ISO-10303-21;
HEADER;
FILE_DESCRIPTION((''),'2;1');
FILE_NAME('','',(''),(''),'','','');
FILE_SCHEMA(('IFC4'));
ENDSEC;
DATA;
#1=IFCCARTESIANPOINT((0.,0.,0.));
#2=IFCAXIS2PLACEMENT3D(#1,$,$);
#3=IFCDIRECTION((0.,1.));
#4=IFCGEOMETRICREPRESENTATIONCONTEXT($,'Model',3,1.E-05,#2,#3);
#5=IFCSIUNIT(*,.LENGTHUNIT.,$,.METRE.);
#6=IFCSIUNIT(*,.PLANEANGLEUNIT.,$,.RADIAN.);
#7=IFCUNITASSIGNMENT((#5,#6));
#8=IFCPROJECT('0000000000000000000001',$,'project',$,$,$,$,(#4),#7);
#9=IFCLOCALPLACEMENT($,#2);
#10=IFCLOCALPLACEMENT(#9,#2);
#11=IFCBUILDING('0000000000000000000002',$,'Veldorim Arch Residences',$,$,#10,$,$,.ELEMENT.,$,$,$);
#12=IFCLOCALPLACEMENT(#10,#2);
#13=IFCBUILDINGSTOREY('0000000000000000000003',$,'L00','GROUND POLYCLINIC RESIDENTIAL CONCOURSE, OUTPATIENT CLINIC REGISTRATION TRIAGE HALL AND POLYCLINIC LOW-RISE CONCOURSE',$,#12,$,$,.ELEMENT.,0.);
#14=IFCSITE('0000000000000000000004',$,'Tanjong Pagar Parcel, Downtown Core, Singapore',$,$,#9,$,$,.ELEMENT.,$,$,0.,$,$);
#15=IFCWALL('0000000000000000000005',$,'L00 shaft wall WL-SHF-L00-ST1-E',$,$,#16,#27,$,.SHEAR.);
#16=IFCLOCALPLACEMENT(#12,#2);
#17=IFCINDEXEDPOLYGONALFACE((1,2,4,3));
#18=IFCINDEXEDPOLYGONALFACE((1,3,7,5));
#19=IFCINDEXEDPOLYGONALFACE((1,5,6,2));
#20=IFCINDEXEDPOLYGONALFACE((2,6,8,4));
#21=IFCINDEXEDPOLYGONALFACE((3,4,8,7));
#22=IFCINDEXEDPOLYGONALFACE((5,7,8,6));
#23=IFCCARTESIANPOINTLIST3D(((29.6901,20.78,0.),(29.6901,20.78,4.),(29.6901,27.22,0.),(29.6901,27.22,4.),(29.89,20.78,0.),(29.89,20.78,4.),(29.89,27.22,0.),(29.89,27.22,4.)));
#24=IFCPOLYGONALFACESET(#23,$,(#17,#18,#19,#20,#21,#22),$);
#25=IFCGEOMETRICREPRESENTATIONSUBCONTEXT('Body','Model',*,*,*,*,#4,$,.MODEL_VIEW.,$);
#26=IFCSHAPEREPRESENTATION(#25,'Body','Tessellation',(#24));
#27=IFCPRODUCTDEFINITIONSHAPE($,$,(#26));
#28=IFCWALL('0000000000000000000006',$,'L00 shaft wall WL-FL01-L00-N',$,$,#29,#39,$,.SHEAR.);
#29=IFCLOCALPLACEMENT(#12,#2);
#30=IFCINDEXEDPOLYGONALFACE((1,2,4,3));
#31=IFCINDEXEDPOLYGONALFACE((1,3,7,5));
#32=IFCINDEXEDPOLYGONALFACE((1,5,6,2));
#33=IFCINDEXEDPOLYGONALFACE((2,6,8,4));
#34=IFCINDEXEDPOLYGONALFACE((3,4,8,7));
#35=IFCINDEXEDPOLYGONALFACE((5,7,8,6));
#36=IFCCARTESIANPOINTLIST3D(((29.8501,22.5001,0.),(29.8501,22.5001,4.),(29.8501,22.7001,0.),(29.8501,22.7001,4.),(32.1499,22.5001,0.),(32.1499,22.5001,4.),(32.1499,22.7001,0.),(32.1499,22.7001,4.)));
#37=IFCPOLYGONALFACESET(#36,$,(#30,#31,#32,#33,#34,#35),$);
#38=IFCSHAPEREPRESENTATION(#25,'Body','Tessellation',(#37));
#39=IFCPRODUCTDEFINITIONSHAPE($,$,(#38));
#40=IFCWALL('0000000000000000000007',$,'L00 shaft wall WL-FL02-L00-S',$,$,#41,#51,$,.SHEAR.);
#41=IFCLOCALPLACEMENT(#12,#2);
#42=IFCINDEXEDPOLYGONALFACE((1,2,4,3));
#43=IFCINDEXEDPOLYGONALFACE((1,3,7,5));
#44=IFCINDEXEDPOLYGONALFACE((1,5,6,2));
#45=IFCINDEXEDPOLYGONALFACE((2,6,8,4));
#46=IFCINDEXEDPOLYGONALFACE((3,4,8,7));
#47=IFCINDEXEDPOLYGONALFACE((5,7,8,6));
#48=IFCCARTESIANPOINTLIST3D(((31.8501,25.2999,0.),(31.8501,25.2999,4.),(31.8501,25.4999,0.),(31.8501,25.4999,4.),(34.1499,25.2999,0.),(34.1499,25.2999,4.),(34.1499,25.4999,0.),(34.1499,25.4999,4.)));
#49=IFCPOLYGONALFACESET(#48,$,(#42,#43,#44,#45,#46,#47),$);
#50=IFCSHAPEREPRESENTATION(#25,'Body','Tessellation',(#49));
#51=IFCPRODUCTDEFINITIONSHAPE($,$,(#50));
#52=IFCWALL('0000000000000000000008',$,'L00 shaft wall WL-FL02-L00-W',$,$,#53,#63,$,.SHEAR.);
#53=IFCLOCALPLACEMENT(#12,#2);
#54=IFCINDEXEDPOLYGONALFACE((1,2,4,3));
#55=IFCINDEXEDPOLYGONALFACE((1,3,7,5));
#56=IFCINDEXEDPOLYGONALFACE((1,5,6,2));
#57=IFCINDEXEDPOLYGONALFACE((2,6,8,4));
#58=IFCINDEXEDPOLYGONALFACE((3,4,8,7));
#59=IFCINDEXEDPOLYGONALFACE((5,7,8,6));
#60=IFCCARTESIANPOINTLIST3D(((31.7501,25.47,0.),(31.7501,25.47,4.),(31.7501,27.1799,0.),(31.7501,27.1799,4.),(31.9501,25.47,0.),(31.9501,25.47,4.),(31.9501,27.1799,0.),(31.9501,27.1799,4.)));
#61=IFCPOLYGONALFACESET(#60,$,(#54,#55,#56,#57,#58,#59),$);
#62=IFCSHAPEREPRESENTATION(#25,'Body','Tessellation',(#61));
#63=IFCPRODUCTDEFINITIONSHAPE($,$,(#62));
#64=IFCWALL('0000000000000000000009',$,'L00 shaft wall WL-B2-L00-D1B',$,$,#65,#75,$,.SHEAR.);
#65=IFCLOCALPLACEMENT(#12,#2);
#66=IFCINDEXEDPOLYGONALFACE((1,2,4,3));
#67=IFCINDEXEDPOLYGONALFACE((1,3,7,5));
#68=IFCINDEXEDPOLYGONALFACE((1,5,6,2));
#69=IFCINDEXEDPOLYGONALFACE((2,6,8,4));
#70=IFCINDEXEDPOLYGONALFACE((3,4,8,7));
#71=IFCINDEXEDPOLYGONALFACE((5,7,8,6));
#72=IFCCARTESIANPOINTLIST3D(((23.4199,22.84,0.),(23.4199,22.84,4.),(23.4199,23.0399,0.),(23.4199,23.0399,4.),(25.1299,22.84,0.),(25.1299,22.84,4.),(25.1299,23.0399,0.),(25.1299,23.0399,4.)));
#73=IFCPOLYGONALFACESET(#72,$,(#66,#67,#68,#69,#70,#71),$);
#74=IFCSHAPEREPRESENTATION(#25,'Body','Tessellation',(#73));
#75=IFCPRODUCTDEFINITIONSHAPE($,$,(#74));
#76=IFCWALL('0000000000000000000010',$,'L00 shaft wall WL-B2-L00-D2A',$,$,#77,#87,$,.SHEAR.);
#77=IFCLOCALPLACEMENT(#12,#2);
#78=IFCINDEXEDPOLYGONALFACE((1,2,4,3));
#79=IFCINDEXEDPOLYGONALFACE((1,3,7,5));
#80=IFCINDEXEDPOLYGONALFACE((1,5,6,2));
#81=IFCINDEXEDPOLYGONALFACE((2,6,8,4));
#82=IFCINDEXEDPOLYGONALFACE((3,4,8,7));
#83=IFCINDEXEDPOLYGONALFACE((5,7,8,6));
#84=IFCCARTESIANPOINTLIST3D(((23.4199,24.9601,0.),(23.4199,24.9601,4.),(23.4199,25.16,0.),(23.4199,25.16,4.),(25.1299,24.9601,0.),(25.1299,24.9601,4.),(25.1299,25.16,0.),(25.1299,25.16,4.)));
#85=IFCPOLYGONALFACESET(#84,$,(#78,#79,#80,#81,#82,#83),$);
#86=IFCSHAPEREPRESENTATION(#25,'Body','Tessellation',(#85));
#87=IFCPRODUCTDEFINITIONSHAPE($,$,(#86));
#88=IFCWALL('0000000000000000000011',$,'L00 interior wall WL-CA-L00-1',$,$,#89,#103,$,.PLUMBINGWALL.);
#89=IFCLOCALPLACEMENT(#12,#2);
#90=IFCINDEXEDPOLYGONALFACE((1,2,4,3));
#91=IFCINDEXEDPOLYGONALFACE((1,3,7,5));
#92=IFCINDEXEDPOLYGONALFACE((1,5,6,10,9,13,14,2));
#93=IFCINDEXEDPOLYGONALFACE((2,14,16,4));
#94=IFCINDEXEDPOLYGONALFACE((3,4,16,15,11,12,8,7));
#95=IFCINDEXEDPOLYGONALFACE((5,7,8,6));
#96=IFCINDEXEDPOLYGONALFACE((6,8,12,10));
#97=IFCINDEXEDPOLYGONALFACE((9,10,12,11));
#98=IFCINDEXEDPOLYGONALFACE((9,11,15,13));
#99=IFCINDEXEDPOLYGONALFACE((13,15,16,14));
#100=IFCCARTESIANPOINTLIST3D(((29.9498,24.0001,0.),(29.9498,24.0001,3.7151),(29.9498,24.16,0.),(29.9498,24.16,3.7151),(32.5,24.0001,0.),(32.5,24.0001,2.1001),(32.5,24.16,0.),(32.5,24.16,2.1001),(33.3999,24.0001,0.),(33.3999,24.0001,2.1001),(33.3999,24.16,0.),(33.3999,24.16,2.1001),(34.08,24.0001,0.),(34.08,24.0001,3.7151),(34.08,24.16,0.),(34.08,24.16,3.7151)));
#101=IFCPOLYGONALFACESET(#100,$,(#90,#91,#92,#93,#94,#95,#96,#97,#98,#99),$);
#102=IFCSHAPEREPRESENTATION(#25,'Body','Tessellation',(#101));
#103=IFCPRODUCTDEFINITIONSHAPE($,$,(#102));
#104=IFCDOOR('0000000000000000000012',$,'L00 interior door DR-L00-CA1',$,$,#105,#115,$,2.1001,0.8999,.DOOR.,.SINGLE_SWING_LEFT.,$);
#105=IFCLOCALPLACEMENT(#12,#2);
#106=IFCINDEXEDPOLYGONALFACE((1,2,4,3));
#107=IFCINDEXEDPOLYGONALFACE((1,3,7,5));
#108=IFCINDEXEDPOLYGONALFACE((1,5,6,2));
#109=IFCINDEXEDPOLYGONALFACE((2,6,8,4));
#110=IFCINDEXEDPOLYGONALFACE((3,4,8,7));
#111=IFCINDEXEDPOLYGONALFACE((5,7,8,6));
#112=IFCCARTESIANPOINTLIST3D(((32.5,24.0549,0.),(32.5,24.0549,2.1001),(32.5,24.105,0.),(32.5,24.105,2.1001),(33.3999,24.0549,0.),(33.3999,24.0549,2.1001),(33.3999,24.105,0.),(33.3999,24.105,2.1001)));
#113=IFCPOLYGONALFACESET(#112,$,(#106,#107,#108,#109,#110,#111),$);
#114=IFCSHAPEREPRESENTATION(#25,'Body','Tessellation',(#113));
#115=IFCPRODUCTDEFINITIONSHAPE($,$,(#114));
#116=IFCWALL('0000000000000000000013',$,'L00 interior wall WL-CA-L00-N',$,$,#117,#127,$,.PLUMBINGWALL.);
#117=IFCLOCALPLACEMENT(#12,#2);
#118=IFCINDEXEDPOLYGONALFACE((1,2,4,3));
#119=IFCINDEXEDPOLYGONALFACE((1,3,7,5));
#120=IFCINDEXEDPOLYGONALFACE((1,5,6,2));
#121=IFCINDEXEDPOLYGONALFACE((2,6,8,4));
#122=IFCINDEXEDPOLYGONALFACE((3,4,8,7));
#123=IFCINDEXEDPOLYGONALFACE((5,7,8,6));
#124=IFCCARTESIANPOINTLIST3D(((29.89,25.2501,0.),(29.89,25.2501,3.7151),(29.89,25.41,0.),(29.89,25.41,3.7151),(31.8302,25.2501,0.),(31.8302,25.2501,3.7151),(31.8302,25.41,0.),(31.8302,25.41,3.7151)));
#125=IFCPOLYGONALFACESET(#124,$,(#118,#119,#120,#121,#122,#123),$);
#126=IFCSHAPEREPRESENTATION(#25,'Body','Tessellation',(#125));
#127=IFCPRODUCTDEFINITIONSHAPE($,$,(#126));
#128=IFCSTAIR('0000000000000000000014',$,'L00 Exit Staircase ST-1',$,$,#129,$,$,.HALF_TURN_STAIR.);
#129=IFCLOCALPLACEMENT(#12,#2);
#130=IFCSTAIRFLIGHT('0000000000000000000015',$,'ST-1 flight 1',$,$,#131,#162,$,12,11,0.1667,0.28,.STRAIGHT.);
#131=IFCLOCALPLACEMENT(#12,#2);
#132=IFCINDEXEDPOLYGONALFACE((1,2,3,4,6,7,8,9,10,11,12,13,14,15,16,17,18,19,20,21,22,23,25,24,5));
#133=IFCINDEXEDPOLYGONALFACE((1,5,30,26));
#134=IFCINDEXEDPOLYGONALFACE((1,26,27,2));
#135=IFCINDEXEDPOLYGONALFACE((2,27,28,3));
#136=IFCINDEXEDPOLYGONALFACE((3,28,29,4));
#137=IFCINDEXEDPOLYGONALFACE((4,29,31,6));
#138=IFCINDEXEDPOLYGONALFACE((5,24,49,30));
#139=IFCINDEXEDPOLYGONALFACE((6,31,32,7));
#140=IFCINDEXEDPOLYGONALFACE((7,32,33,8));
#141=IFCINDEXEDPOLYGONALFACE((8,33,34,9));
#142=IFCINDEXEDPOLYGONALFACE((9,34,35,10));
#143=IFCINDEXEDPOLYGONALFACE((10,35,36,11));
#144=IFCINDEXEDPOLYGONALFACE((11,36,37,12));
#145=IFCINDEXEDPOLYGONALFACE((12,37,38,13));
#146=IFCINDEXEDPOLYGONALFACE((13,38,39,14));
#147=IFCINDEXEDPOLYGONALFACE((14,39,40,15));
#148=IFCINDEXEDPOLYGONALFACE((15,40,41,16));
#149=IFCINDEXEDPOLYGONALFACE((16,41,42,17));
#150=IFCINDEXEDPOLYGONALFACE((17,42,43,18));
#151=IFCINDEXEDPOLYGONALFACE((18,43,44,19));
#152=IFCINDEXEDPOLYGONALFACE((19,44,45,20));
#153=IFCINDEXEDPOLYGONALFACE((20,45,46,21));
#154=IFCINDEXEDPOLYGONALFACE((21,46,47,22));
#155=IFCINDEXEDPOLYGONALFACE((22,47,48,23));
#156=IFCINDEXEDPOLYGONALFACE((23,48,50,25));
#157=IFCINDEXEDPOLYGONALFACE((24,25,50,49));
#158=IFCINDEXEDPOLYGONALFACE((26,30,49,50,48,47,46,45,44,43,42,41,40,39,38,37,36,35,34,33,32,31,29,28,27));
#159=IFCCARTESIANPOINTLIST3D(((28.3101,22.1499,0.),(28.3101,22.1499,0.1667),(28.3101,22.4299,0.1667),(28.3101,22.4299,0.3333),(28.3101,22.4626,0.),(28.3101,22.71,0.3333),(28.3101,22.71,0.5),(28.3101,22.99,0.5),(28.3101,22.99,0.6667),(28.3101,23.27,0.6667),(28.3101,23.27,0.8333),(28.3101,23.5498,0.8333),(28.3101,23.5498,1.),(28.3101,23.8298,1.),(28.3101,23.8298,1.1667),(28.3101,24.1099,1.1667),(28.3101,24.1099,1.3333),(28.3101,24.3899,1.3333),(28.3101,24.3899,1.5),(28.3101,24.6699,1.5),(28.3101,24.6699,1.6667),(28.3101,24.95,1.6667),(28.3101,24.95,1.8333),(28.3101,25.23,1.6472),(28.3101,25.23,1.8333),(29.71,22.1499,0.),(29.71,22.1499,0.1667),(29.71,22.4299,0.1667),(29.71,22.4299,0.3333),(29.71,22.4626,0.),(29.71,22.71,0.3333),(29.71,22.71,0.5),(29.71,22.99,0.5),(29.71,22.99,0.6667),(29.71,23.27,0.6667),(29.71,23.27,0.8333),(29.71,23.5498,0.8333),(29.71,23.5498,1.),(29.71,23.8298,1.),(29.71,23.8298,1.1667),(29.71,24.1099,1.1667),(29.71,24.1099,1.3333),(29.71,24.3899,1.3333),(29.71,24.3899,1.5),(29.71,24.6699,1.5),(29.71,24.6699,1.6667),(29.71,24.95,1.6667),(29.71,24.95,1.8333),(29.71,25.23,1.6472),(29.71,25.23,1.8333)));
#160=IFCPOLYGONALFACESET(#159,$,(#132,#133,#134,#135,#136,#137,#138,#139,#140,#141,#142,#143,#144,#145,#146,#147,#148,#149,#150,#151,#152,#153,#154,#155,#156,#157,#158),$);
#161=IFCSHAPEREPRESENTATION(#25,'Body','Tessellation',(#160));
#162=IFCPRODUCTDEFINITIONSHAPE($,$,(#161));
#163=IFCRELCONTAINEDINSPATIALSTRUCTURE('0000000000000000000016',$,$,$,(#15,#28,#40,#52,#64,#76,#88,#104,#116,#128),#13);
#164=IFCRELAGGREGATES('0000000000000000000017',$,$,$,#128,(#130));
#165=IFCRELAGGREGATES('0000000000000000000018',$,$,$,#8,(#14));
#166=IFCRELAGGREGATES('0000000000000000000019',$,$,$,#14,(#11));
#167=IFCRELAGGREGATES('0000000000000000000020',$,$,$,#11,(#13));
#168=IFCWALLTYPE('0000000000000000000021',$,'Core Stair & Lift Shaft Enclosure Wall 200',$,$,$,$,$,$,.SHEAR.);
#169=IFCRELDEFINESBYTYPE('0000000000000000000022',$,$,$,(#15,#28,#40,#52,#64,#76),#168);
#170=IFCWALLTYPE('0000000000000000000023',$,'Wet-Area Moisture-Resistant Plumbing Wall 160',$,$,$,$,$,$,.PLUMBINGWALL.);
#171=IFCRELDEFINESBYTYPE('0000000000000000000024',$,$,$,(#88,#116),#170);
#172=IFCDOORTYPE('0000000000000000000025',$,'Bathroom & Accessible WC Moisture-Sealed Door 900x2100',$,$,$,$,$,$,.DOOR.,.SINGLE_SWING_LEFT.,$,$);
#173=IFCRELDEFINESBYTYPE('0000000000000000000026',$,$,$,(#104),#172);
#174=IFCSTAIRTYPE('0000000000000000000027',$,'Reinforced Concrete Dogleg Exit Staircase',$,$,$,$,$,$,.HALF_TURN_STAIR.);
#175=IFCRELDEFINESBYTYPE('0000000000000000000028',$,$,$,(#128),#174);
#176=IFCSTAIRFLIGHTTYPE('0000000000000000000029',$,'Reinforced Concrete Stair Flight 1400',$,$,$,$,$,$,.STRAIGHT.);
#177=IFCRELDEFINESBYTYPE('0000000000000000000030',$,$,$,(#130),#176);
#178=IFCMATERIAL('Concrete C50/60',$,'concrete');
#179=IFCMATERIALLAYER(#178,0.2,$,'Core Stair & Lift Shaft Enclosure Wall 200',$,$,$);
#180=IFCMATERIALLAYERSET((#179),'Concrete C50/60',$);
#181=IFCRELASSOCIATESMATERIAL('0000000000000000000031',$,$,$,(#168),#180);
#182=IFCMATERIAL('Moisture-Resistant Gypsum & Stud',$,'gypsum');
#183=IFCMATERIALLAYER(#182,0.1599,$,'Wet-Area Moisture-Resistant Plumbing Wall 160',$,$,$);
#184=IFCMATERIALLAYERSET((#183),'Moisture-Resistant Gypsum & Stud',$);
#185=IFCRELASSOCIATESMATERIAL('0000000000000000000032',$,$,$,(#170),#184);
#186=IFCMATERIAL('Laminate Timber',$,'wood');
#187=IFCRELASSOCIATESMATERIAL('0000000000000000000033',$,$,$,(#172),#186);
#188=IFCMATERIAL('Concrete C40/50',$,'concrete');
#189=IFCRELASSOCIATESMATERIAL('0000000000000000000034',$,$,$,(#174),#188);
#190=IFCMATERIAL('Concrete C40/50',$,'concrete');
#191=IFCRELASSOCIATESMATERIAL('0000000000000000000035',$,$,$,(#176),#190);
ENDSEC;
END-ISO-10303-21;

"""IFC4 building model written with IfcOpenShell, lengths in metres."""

from ifc_helpers import new_model, si_unit, direction, frame, frame_2d, origin, place, context, subcontext, project, spatial, polyline, rectangle, outline, extrude, material, layer, layer_set, type_object, element, fill, aggregate, save


model = new_model("IFC4")

# Units and contexts
model_context = context("Model", 3, precision=1e-05, world=origin(), true_north=direction((0.0, 1.0)))
body_context = subcontext(model_context, "Body", "Model", "MODEL_VIEW")
ifc_project = project(units=[si_unit("LENGTHUNIT", "METRE"), si_unit("PLANEANGLEUNIT", "RADIAN")], contexts=[model_context])

# Site, building, storey
site_placement = place(None, origin())
site = spatial("IfcSite", under=ifc_project, at=site_placement, Name="Tanjong Pagar Parcel, Downtown Core, Singapore", CompositionType="ELEMENT", RefElevation=0.0)
building_placement = place(site_placement, origin())
building = spatial("IfcBuilding", under=site, at=building_placement, Name="Veldorim Arch Residences", CompositionType="ELEMENT")
storey_placement = place(building_placement, origin())
storey = spatial("IfcBuildingStorey", under=building, at=storey_placement, Name="L00", Description="GROUND POLYCLINIC RESIDENTIAL CONCOURSE, OUTPATIENT CLINIC REGISTRATION TRIAGE HALL AND POLYCLINIC LOW-RISE CONCOURSE", CompositionType="ELEMENT", Elevation=0.0)

# Wall
ifc_material_1 = material(Name="Concrete C50/60", Category="concrete")
ifc_layer_1 = layer(ifc_material_1, 0.2, Name="Core Stair & Lift Shaft Enclosure Wall 200")
ifc_layer_set_1 = layer_set([ifc_layer_1], Name="Concrete C50/60")
wall_type_1 = type_object("IfcWallType", Name="Core Stair & Lift Shaft Enclosure Wall 200", PredefinedType="SHEAR", material=ifc_layer_set_1)
wall_1_placement = place(storey_placement, frame((29.79, 20.78, 0.0), z_axis=(0.0, 0.0, 1.0), x_axis=(0.0, 1.0, 0.0)))
element("IfcWall", 1, at=wall_1_placement, inside=storey, type_object=wall_type_1, Name="L00 shaft wall WL-SHF-L00-ST1-E", PredefinedType="SHEAR", context=body_context, shape_type="SweptSolid", body=[
    extrude(rectangle(XDim=6.4399, YDim=0.2, at=frame_2d((3.22, 0.0))), origin(), (0.0, 0.0, 1.0), 4.0),
])

# Walls
for number, where, z_axis, x_axis, name in (
    (2, (29.8501, 22.6001, 0.0), (0.0, 0.0, 1.0), (1.0, 0.0, 0.0), "L00 shaft wall WL-FL01-L00-N"),
    (3, (31.8501, 25.3999, 0.0), (0.0, 0.0, 1.0), (1.0, 0.0, 0.0), "L00 shaft wall WL-FL02-L00-S"),
):
    element("IfcWall", number, at=place(storey_placement, frame(where, z_axis=z_axis, x_axis=x_axis)), inside=storey, type_object=wall_type_1, Name=name, PredefinedType="SHEAR", context=body_context, shape_type="SweptSolid", body=[
        extrude(rectangle(XDim=2.2998, YDim=0.2, at=frame_2d((1.1499, 0.0))), origin(), (0.0, 0.0, 1.0), 4.0),
    ])
for number, where, z_axis, x_axis, name in (
    (4, (31.8501, 25.47, 0.0), (0.0, 0.0, 1.0), (0.0, 1.0, 0.0), "L00 shaft wall WL-FL02-L00-W"),
    (5, (23.4199, 22.9399, 0.0), (0.0, 0.0, 1.0), (1.0, 0.0, 0.0), "L00 shaft wall WL-B2-L00-D1B"),
    (6, (23.4199, 25.0601, 0.0), (0.0, 0.0, 1.0), (1.0, 0.0, 0.0), "L00 shaft wall WL-B2-L00-D2A"),
):
    element("IfcWall", number, at=place(storey_placement, frame(where, z_axis=z_axis, x_axis=x_axis)), inside=storey, type_object=wall_type_1, Name=name, PredefinedType="SHEAR", context=body_context, shape_type="SweptSolid", body=[
        extrude(rectangle(XDim=1.71, YDim=0.2, at=frame_2d((0.855, 0.0))), origin(), (0.0, 0.0, 1.0), 4.0),
    ])

# Wall, opening, door
ifc_material_2 = material(Name="Moisture-Resistant Gypsum & Stud", Category="gypsum")
ifc_layer_2 = layer(ifc_material_2, 0.1599, Name="Wet-Area Moisture-Resistant Plumbing Wall 160")
ifc_layer_set_2 = layer_set([ifc_layer_2], Name="Moisture-Resistant Gypsum & Stud")
wall_type_2 = type_object("IfcWallType", Name="Wet-Area Moisture-Resistant Plumbing Wall 160", PredefinedType="PLUMBINGWALL", material=ifc_layer_set_2)
wall_2_placement = place(storey_placement, frame((29.95, 24.0801, 0.0), z_axis=(0.0, 0.0, 1.0), x_axis=(1.0, 0.0, 0.0)))
wall_2 = element("IfcWall", 7, at=wall_2_placement, inside=storey, type_object=wall_type_2, Name="L00 interior wall WL-CA-L00-1", PredefinedType="PLUMBINGWALL", context=body_context, shape_type="SweptSolid", body=[
    extrude(rectangle(XDim=4.1301, YDim=0.1599, at=frame_2d((2.0649, 0.0))), origin(), (0.0, 0.0, 1.0), 3.7151),
])
opening_1_placement = place(wall_2_placement, frame((2.55, 0.0, 0.0)))
opening_1 = element("IfcOpeningElement", 8, at=opening_1_placement, cuts=wall_2, PredefinedType="OPENING", context=body_context, shape_type="SweptSolid", body=[
    extrude(rectangle(XDim=0.8999, YDim=2.1001, at=frame_2d((0.45, 1.05))), frame((0.0, 0.0898, 0.0), z_axis=(0.0, -1.0, 0.0), x_axis=(1.0, 0.0, 0.0)), (0.0, 0.0, 1.0), 0.1799),
])
ifc_material_3 = material(Name="Laminate Timber", Category="wood")
door_type_1 = type_object("IfcDoorType", Name="Bathroom & Accessible WC Moisture-Sealed Door 900x2100", OperationType="SINGLE_SWING_LEFT", PredefinedType="DOOR", material=ifc_material_3)
door_1_placement = place(opening_1_placement, origin())
door_1 = element("IfcDoor", 9, at=door_1_placement, inside=storey, type_object=door_type_1, Name="L00 interior door DR-L00-CA1", OperationType="SINGLE_SWING_LEFT", OverallHeight=2.1001, OverallWidth=0.8999, PredefinedType="DOOR", context=body_context, shape_type="SweptSolid", body=[
    extrude(rectangle(XDim=0.8999, YDim=2.1001, at=frame_2d((0.45, 1.05))), frame((0.0, 0.0249, 0.0), z_axis=(0.0, -1.0, 0.0), x_axis=(1.0, 0.0, 0.0)), (0.0, 0.0, 1.0), 0.05),
])
fill(opening_1, door_1)

# Wall
wall_3_placement = place(storey_placement, frame((29.8899, 25.3301, 0.0), z_axis=(0.0, 0.0, 1.0), x_axis=(1.0, 0.0, 0.0)))
element("IfcWall", 10, at=wall_3_placement, inside=storey, type_object=wall_type_2, Name="L00 interior wall WL-CA-L00-N", PredefinedType="PLUMBINGWALL", context=body_context, shape_type="SweptSolid", body=[
    extrude(rectangle(XDim=1.9402, YDim=0.1599, at=frame_2d((0.9702, 0.0))), origin(), (0.0, 0.0, 1.0), 3.7151),
])

# Stair, stair flight
ifc_material_4 = material(Name="Concrete C40/50", Category="concrete")
stair_type = type_object("IfcStairType", Name="Reinforced Concrete Dogleg Exit Staircase", PredefinedType="HALF_TURN_STAIR", material=ifc_material_4)
stair_placement = place(storey_placement, origin())
stair = element("IfcStair", 11, at=stair_placement, inside=storey, type_object=stair_type, Name="L00 Exit Staircase ST-1", PredefinedType="HALF_TURN_STAIR")
ifc_material_5 = material(Name="Concrete C40/50", Category="concrete")
stair_flight_type = type_object("IfcStairFlightType", Name="Reinforced Concrete Stair Flight 1400", PredefinedType="STRAIGHT", material=ifc_material_5)
stair_flight_1_placement = place(storey_placement, frame((29.01, 22.1499, 0.0), z_axis=(0.0, 0.0, 1.0), x_axis=(0.0, 1.0, 0.0)))
stair_flight_1 = element("IfcStairFlight", 12, at=stair_flight_1_placement, type_object=stair_flight_type, Name="ST-1 flight 1", NumberOfRisers=12, NumberOfTreads=11, PredefinedType="STRAIGHT", RiserHeight=0.1667, TreadLength=0.28, context=body_context, shape_type="SweptSolid", body=[
    extrude(outline(polyline([(0.0, 0.0), (0.0, 0.1667), (0.28, 0.1667), (0.28, 0.3333), (0.5601, 0.3333), (0.5601, 0.5), (0.8401, 0.5), (0.8401, 0.6667), (1.1201, 0.6667), (1.1201, 0.8333), (1.3999, 0.8333), (1.3999, 1.0), (1.6799, 1.0), (1.6799, 1.1667), (1.96, 1.1667), (1.96, 1.3333), (2.24, 1.3333), (2.24, 1.5), (2.52, 1.5), (2.52, 1.6667), (2.8, 1.6667), (2.8, 1.8333), (3.0801, 1.8333), (3.0801, 2.0), (3.0801, 1.6472), (0.3127, 0.0), (0.0, 0.0)])), frame((0.0, 0.7, 0.0), z_axis=(0.0, -1.0, 0.0), x_axis=(1.0, 0.0, 0.0)), (0.0, 0.0, 1.0), 1.3999),
])
aggregate(stair, [stair_flight_1])

save(model, "model.ifc")
